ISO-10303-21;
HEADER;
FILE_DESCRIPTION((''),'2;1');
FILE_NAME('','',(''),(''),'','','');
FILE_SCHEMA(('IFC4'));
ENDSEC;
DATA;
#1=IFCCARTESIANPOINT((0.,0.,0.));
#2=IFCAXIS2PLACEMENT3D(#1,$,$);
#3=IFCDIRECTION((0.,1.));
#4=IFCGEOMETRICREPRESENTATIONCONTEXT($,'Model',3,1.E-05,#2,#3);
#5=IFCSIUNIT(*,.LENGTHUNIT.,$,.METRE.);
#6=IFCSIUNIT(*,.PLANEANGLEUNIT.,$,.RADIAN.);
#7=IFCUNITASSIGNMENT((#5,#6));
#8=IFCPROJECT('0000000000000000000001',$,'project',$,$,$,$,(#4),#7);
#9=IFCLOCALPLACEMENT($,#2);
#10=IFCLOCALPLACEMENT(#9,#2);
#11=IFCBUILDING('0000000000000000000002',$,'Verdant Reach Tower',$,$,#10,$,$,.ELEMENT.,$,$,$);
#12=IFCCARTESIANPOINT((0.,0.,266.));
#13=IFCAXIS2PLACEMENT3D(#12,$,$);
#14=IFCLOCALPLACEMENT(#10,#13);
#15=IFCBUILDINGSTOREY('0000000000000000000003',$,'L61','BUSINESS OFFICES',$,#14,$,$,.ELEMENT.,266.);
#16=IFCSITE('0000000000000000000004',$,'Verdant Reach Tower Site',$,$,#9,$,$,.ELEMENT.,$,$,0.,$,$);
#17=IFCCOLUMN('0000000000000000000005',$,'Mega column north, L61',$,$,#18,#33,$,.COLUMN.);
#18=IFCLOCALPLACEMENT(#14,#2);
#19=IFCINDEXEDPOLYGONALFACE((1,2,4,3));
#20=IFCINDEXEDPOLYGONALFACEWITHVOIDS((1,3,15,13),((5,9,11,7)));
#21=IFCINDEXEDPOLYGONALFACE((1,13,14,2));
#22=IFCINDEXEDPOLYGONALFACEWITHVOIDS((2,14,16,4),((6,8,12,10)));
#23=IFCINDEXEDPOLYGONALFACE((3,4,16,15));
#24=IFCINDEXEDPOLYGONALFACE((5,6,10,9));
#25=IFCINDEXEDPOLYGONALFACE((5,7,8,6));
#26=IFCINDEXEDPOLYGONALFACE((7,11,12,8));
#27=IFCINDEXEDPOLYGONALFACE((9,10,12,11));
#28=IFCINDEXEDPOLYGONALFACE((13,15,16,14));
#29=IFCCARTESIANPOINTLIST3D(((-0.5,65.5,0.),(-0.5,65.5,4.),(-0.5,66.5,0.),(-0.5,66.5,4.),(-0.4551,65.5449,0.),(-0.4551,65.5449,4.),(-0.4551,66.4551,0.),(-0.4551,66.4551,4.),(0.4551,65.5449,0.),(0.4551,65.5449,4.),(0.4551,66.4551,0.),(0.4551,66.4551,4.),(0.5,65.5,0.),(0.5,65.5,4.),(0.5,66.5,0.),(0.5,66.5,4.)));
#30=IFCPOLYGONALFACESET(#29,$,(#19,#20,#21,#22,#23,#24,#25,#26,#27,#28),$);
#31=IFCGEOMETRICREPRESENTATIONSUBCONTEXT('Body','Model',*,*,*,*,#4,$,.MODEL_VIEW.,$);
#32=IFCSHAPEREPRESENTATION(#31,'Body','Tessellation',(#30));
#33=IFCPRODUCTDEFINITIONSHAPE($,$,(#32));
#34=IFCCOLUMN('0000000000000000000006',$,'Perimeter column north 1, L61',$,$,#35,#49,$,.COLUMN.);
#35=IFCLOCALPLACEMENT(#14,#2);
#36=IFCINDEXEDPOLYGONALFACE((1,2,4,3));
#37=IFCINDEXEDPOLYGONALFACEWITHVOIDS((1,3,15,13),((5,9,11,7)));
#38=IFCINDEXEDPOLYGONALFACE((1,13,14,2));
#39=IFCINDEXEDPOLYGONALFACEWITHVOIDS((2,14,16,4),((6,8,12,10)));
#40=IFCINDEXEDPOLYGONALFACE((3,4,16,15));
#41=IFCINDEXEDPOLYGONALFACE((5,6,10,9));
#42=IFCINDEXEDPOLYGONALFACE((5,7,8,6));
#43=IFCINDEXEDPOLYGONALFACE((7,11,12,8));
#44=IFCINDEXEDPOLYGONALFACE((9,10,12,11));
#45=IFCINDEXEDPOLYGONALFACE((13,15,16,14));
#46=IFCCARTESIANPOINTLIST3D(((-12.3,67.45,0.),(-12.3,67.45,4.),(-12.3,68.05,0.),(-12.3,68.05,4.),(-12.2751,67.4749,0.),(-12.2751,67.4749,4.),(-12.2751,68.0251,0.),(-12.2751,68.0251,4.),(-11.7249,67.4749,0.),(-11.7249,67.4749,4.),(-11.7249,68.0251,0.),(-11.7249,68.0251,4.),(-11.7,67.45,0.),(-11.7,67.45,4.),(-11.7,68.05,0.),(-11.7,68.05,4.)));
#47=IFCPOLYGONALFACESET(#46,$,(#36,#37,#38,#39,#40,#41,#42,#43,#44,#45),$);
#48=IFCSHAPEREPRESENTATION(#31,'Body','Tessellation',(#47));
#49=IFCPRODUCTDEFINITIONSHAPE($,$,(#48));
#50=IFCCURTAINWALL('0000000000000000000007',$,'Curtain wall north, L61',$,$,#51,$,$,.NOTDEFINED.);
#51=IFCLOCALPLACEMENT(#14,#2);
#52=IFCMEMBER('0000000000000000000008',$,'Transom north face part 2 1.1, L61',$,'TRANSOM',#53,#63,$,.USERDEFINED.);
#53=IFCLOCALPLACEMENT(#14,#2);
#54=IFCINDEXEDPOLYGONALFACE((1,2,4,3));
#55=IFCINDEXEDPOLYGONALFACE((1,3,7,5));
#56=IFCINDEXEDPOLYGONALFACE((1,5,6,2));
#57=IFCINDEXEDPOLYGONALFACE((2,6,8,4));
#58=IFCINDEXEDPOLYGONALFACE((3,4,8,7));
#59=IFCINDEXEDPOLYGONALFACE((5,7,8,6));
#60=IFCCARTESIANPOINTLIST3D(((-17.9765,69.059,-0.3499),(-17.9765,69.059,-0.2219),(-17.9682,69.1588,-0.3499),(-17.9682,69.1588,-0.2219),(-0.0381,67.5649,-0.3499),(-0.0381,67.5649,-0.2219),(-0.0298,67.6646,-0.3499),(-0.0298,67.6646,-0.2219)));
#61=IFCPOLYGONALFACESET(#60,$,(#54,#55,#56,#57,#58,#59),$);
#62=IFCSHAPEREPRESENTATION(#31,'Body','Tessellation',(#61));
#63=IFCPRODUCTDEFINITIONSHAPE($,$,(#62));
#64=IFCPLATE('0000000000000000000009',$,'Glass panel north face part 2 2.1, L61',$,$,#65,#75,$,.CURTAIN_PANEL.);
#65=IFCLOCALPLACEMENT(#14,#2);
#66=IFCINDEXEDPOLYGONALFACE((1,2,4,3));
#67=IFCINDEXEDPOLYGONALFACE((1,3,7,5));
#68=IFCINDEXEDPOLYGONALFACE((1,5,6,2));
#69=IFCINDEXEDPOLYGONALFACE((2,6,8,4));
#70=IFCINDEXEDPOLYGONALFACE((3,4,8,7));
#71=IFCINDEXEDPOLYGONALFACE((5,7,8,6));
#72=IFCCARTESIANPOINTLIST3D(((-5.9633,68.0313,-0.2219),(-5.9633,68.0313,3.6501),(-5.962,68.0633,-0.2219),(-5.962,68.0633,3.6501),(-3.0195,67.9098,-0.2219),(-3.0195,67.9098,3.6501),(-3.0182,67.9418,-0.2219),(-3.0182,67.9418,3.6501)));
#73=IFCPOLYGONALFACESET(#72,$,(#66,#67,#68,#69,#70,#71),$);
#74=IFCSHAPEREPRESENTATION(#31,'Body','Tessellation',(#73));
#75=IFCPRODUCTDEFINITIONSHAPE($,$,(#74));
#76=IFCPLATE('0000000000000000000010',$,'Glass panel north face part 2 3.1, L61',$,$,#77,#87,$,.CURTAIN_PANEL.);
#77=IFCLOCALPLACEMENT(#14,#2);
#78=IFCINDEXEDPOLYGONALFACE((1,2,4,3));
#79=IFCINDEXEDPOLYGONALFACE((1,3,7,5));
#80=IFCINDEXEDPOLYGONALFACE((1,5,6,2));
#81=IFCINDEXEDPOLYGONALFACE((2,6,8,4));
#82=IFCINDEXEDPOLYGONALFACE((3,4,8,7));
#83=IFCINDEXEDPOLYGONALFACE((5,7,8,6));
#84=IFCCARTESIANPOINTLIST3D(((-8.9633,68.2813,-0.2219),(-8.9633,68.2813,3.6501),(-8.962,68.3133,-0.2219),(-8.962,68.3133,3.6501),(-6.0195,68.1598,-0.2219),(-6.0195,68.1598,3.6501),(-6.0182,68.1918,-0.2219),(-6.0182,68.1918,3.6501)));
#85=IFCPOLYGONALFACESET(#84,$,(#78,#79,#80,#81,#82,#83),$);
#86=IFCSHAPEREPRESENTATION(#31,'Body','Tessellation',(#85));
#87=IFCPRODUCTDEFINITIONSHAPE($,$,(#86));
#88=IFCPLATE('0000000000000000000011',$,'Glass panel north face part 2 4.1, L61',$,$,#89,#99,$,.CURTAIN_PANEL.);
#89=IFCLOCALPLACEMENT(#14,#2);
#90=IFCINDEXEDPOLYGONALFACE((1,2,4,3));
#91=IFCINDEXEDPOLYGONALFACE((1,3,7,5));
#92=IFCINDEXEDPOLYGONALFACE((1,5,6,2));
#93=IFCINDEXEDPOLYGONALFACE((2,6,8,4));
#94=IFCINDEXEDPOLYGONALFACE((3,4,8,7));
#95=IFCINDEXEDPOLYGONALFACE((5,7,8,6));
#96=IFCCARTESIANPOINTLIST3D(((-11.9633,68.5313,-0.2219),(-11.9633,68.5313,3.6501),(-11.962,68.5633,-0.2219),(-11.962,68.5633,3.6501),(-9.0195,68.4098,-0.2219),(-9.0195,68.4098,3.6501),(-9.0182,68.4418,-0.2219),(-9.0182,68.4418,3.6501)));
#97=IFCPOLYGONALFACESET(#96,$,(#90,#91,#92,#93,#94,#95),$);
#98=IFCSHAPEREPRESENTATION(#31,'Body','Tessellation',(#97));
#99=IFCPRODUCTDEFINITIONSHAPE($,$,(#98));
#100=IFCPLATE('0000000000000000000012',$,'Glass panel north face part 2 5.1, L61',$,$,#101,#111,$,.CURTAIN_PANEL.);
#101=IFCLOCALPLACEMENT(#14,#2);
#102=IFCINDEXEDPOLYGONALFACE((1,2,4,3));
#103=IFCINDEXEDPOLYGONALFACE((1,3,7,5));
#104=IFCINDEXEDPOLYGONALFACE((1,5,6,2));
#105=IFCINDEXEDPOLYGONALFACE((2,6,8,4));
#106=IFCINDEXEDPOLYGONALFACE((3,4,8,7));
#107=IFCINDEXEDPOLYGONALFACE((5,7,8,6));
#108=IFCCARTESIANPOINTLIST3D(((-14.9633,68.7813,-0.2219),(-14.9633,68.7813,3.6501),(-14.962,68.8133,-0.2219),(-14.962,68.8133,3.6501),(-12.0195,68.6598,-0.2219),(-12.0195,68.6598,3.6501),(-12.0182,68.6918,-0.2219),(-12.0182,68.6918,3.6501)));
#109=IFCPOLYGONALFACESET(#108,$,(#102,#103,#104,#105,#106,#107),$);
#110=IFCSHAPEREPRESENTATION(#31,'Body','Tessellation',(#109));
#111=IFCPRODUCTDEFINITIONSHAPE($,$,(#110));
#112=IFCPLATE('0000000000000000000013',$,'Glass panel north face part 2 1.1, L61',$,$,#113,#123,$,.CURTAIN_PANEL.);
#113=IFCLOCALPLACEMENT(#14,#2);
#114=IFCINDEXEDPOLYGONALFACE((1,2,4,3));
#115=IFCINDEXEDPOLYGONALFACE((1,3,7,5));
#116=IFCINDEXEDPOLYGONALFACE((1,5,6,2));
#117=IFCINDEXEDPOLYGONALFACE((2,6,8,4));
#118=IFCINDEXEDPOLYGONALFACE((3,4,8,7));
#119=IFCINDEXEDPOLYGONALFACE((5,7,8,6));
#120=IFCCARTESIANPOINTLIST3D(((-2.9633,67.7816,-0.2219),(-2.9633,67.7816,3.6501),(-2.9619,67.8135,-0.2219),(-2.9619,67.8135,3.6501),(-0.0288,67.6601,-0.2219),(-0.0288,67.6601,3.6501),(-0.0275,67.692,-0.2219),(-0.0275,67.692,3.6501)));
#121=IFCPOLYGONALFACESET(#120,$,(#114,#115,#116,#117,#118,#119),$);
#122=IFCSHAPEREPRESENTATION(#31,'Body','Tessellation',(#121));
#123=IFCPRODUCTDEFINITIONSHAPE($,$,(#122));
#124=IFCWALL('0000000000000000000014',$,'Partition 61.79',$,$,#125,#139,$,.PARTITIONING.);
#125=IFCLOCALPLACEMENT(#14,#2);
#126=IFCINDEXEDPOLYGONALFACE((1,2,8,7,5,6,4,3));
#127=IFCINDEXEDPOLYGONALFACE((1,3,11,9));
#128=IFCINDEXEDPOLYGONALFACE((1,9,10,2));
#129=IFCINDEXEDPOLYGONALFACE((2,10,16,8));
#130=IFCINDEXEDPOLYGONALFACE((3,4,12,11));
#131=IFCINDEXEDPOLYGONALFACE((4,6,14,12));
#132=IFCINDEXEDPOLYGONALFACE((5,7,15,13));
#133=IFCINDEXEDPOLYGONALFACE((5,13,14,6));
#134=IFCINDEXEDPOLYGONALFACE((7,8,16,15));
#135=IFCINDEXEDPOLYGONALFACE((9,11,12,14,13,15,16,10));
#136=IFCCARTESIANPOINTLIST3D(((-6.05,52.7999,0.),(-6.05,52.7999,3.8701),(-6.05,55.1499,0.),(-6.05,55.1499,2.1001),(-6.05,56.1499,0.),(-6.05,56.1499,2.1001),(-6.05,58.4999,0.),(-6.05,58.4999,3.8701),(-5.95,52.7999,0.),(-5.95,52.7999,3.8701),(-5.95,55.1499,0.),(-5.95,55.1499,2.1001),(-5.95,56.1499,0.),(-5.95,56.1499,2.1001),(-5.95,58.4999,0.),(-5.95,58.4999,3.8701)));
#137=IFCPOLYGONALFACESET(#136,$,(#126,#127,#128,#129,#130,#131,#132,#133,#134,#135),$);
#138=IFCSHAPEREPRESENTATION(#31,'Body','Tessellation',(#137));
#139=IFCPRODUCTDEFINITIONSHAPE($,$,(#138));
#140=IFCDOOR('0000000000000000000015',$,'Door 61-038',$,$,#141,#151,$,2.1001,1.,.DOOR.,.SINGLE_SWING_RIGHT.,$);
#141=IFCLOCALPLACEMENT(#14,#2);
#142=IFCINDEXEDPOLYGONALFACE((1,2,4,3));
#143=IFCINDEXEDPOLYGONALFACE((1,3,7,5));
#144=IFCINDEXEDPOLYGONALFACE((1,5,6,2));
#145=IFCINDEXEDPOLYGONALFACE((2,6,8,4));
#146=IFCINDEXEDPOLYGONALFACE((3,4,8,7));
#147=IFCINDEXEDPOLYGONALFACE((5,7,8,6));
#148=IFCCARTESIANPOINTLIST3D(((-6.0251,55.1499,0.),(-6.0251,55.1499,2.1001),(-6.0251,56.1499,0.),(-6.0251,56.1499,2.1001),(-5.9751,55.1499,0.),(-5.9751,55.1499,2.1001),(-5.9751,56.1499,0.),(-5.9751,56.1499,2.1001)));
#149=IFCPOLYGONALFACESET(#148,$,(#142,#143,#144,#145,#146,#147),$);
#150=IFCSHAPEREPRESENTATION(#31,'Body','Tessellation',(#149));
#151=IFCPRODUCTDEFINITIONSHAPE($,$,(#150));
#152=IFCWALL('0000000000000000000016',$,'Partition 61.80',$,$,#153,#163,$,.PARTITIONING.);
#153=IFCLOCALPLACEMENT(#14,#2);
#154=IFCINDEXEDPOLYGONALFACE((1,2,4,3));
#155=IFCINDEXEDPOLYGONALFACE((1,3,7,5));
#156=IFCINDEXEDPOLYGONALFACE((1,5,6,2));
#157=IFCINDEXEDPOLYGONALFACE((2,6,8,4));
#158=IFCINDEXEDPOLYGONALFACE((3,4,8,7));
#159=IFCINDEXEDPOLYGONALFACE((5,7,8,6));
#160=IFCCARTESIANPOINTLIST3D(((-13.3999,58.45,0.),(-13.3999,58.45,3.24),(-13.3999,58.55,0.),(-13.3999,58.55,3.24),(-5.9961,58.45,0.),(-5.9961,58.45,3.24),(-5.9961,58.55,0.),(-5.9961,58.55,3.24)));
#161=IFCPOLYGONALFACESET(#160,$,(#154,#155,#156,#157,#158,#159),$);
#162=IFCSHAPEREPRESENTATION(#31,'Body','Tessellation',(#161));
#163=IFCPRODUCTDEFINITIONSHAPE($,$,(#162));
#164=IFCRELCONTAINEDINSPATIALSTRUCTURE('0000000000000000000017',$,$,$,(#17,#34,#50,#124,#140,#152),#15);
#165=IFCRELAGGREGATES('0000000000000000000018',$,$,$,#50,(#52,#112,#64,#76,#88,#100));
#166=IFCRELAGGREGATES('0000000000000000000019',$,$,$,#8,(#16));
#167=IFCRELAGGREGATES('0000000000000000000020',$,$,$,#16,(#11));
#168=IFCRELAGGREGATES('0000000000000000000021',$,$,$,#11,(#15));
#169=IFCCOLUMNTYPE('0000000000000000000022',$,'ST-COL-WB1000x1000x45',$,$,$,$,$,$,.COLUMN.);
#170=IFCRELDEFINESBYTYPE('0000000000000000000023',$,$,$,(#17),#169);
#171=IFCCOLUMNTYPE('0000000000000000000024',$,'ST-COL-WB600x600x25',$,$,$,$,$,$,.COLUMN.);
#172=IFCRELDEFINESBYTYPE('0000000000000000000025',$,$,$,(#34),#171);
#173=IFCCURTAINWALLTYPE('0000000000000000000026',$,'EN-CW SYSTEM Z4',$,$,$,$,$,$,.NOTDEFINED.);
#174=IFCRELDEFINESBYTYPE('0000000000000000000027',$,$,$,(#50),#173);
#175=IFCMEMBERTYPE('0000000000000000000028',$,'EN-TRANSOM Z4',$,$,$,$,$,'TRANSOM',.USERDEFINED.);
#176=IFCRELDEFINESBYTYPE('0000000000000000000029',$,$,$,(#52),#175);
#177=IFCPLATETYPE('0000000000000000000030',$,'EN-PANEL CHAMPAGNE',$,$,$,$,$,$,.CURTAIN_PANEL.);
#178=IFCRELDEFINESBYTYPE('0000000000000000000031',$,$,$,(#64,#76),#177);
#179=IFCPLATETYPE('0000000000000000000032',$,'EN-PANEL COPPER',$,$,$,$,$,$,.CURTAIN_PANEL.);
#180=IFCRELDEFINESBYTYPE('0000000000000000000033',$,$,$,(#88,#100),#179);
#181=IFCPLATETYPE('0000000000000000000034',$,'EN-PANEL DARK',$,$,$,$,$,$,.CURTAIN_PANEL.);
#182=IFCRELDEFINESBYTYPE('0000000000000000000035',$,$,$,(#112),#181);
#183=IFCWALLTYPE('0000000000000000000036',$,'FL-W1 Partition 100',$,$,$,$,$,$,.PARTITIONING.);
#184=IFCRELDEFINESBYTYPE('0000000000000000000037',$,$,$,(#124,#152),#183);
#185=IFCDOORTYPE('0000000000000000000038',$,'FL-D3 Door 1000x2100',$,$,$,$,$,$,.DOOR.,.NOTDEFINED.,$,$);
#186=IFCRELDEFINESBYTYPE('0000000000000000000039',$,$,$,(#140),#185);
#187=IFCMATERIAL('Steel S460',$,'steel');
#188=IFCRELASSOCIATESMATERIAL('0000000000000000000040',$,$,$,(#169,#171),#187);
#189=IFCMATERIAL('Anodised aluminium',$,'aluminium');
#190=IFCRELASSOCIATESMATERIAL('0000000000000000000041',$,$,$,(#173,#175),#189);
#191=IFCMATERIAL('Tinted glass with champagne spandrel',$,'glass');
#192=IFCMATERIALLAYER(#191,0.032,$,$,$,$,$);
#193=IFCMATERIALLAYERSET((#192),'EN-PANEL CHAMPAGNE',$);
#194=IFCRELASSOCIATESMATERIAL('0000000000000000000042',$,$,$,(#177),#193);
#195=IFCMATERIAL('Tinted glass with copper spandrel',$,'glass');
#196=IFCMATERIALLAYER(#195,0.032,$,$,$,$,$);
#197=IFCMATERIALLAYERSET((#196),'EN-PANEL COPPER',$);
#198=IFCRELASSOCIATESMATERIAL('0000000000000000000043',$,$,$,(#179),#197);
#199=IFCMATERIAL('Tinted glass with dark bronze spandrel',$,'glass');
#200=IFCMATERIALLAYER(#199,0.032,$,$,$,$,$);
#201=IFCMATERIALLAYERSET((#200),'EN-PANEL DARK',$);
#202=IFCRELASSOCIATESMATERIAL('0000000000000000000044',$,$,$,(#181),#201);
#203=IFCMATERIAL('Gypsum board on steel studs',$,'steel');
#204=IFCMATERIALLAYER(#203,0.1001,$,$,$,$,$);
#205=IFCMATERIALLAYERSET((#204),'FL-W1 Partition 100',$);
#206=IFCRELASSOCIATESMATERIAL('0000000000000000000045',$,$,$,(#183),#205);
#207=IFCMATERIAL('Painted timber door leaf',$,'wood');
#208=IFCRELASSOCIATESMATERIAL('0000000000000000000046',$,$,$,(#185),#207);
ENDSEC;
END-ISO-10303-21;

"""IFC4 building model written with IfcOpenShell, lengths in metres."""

from ifc_helpers import new_model, si_unit, direction, frame, frame_2d, origin, origin_2d, place, context, subcontext, project, spatial, rectangle, hollow_rectangle, extrude, material, layer, layer_set, material_profile, profile_set, type_object, element, fill, aggregate, save


model = new_model("IFC4")

# Units and contexts
model_context = context("Model", 3, precision=1e-05, world=origin(), true_north=direction((0.0, 1.0)))
body_context = subcontext(model_context, "Body", "Model", "MODEL_VIEW")
ifc_project = project(units=[si_unit("LENGTHUNIT", "METRE"), si_unit("PLANEANGLEUNIT", "RADIAN")], contexts=[model_context])

# Site, building, storey
site_placement = place(None, origin())
site = spatial("IfcSite", under=ifc_project, at=site_placement, Name="Verdant Reach Tower Site", CompositionType="ELEMENT", RefElevation=0.0)
building_placement = place(site_placement, origin())
building = spatial("IfcBuilding", under=site, at=building_placement, Name="Verdant Reach Tower", CompositionType="ELEMENT")
storey_placement = place(building_placement, frame((0.0, 0.0, 266.0)))
storey = spatial("IfcBuildingStorey", under=building, at=storey_placement, Name="L61", Description="BUSINESS OFFICES", CompositionType="ELEMENT", Elevation=266.0)

# Columns
ifc_material_1 = material(Name="Steel S460", Category="steel")
ifc_material_profile_1 = material_profile(ifc_material_1, hollow_rectangle(XDim=1.0, YDim=1.0, WallThickness=0.0449, at=origin_2d()), Name="WB 1000x1000x45")
ifc_profile_set_1 = profile_set([ifc_material_profile_1], Name="Steel S460")
column_type_1 = type_object("IfcColumnType", Name="ST-COL-WB1000x1000x45", PredefinedType="COLUMN", material=ifc_profile_set_1)
column_1_placement = place(storey_placement, frame((0.0, 66.0, 0.0), z_axis=(0.0, 0.0, 1.0), x_axis=(1.0, 0.0, 0.0)))
element("IfcColumn", 1, at=column_1_placement, inside=storey, type_object=column_type_1, Name="Mega column north, L61", PredefinedType="COLUMN", context=body_context, shape_type="SweptSolid", body=[
    extrude(hollow_rectangle(XDim=1.0, YDim=1.0, WallThickness=0.0449, at=origin_2d()), origin(), (0.0, 0.0, 1.0), 4.0),
])
ifc_material_profile_2 = material_profile(ifc_material_1, hollow_rectangle(XDim=0.6001, YDim=0.6001, WallThickness=0.0249, at=origin_2d()), Name="WB 600x600x25")
ifc_profile_set_2 = profile_set([ifc_material_profile_2], Name="Steel S460")
column_type_2 = type_object("IfcColumnType", Name="ST-COL-WB600x600x25", PredefinedType="COLUMN", material=ifc_profile_set_2)
column_2_placement = place(storey_placement, frame((-12.0, 67.75, 0.0), z_axis=(0.0, 0.0, 1.0), x_axis=(1.0, 0.0, 0.0)))
element("IfcColumn", 2, at=column_2_placement, inside=storey, type_object=column_type_2, Name="Perimeter column north 1, L61", PredefinedType="COLUMN", context=body_context, shape_type="SweptSolid", body=[
    extrude(hollow_rectangle(XDim=0.6001, YDim=0.6001, WallThickness=0.0249, at=origin_2d()), origin(), (0.0, 0.0, 1.0), 4.0),
])

# Curtain wall, member, plates
ifc_material_2 = material(Name="Anodised aluminium", Category="aluminium")
curtain_wall_type = type_object("IfcCurtainWallType", Name="EN-CW SYSTEM Z4", PredefinedType="NOTDEFINED", material=ifc_material_2)
curtain_wall_placement = place(storey_placement, origin())
curtain_wall = element("IfcCurtainWall", 3, at=curtain_wall_placement, inside=storey, type_object=curtain_wall_type, Name="Curtain wall north, L61", PredefinedType="NOTDEFINED")
ifc_material_profile_3 = material_profile(ifc_material_2, rectangle(XDim=0.1001, YDim=0.1279, at=origin_2d()), Name="Transom 128x100")
ifc_profile_set_3 = profile_set([ifc_material_profile_3], Name="Anodised aluminium")
member_type = type_object("IfcMemberType", Name="EN-TRANSOM Z4", ElementType="TRANSOM", PredefinedType="USERDEFINED", material=ifc_profile_set_3)
member_placement = place(storey_placement, frame((-0.0339, 67.6147, -0.2859), z_axis=(-0.996549, 0.083005, 0.0), x_axis=(-0.083005, -0.996549, 0.0)))
member = element("IfcMember", 4, at=member_placement, type_object=member_type, Name="Transom north face part 2 1.1, L61", ObjectType="TRANSOM", PredefinedType="USERDEFINED", context=body_context, shape_type="SweptSolid", body=[
    extrude(rectangle(XDim=0.1001, YDim=0.1279, at=origin_2d()), origin(), (0.0, 0.0, 1.0), 18.0005),
])
ifc_material_3 = material(Name="Tinted glass with champagne spandrel", Category="glass")
ifc_layer_1 = layer(ifc_material_3, 0.032)
ifc_layer_set_1 = layer_set([ifc_layer_1], Name="EN-PANEL CHAMPAGNE")
plate_type_1 = type_object("IfcPlateType", Name="EN-PANEL CHAMPAGNE", PredefinedType="CURTAIN_PANEL", material=ifc_layer_set_1)
plate_1_placement = place(storey_placement, frame((-4.4907, 67.9866, -0.2219), z_axis=(0.0, 0.0, 1.0), x_axis=(-0.999149, 0.041242, 0.0)))
plate_1 = element("IfcPlate", 5, at=plate_1_placement, type_object=plate_type_1, Name="Glass panel north face part 2 2.1, L61", PredefinedType="CURTAIN_PANEL", context=body_context, shape_type="SweptSolid", body=[
    extrude(rectangle(XDim=2.9463, YDim=0.032, at=origin_2d()), origin(), (0.0, 0.0, 1.0), 3.8721),
])
plate_2_placement = place(storey_placement, frame((-7.4907, 68.2366, -0.2219), z_axis=(0.0, 0.0, 1.0), x_axis=(-0.999149, 0.041242, 0.0)))
plate_2 = element("IfcPlate", 6, at=plate_2_placement, type_object=plate_type_1, Name="Glass panel north face part 2 3.1, L61", PredefinedType="CURTAIN_PANEL", context=body_context, shape_type="SweptSolid", body=[
    extrude(rectangle(XDim=2.9463, YDim=0.032, at=origin_2d()), origin(), (0.0, 0.0, 1.0), 3.8721),
])
ifc_material_4 = material(Name="Tinted glass with copper spandrel", Category="glass")
ifc_layer_2 = layer(ifc_material_4, 0.032)
ifc_layer_set_2 = layer_set([ifc_layer_2], Name="EN-PANEL COPPER")
plate_type_2 = type_object("IfcPlateType", Name="EN-PANEL COPPER", PredefinedType="CURTAIN_PANEL", material=ifc_layer_set_2)
plate_3_placement = place(storey_placement, frame((-10.4907, 68.4866, -0.2219), z_axis=(0.0, 0.0, 1.0), x_axis=(-0.999149, 0.041242, 0.0)))
plate_3 = element("IfcPlate", 7, at=plate_3_placement, type_object=plate_type_2, Name="Glass panel north face part 2 4.1, L61", PredefinedType="CURTAIN_PANEL", context=body_context, shape_type="SweptSolid", body=[
    extrude(rectangle(XDim=2.9463, YDim=0.032, at=origin_2d()), origin(), (0.0, 0.0, 1.0), 3.8721),
])
plate_4_placement = place(storey_placement, frame((-13.4907, 68.7366, -0.2219), z_axis=(0.0, 0.0, 1.0), x_axis=(-0.999149, 0.041242, 0.0)))
plate_4 = element("IfcPlate", 8, at=plate_4_placement, type_object=plate_type_2, Name="Glass panel north face part 2 5.1, L61", PredefinedType="CURTAIN_PANEL", context=body_context, shape_type="SweptSolid", body=[
    extrude(rectangle(XDim=2.9463, YDim=0.032, at=origin_2d()), origin(), (0.0, 0.0, 1.0), 3.8721),
])
ifc_material_5 = material(Name="Tinted glass with dark bronze spandrel", Category="glass")
ifc_layer_3 = layer(ifc_material_5, 0.032)
ifc_layer_set_3 = layer_set([ifc_layer_3], Name="EN-PANEL DARK")
plate_type_3 = type_object("IfcPlateType", Name="EN-PANEL DARK", PredefinedType="CURTAIN_PANEL", material=ifc_layer_set_3)
plate_5_placement = place(storey_placement, frame((-1.4954, 67.7368, -0.2219), z_axis=(0.0, 0.0, 1.0), x_axis=(-0.999144, 0.04137, 0.0)))
plate_5 = element("IfcPlate", 9, at=plate_5_placement, type_object=plate_type_3, Name="Glass panel north face part 2 1.1, L61", PredefinedType="CURTAIN_PANEL", context=body_context, shape_type="SweptSolid", body=[
    extrude(rectangle(XDim=2.937, YDim=0.032, at=origin_2d()), origin(), (0.0, 0.0, 1.0), 3.8721),
])
aggregate(curtain_wall, [member, plate_5, plate_1, plate_2, plate_3, plate_4])

# Wall, opening, door
ifc_material_6 = material(Name="Gypsum board on steel studs", Category="steel")
ifc_layer_4 = layer(ifc_material_6, 0.1001)
ifc_layer_set_4 = layer_set([ifc_layer_4], Name="FL-W1 Partition 100")
wall_type_1 = type_object("IfcWallType", Name="FL-W1 Partition 100", PredefinedType="PARTITIONING", material=ifc_layer_set_4)
wall_1_placement = place(storey_placement, frame((-6.0, 58.5, 0.0), z_axis=(0.0, 0.0, 1.0), x_axis=(0.0, -1.0, 0.0)))
wall_1 = element("IfcWall", 10, at=wall_1_placement, inside=storey, type_object=wall_type_1, Name="Partition 61.79", PredefinedType="PARTITIONING", context=body_context, shape_type="SweptSolid", body=[
    extrude(rectangle(XDim=5.7, YDim=0.1001, at=frame_2d((2.8501, 0.0))), origin(), (0.0, 0.0, 1.0), 3.8701),
])
opening_1_placement = place(wall_1_placement, frame((2.3501, 0.0, 0.0)))
opening_1 = element("IfcOpeningElement", 11, at=opening_1_placement, cuts=wall_1, PredefinedType="OPENING", context=body_context, shape_type="SweptSolid", body=[
    extrude(rectangle(XDim=1.0, YDim=2.1001, at=frame_2d((0.5, 1.05))), frame((0.0, 0.0601, 0.0), z_axis=(0.0, -1.0, 0.0), x_axis=(1.0, 0.0, 0.0)), (0.0, 0.0, 1.0), 0.1201),
])
ifc_material_7 = material(Name="Painted timber door leaf", Category="wood")
door_type_1 = type_object("IfcDoorType", Name="FL-D3 Door 1000x2100", OperationType="NOTDEFINED", PredefinedType="DOOR", material=ifc_material_7)
door_1_placement = place(opening_1_placement, origin())
door_1 = element("IfcDoor", 12, at=door_1_placement, inside=storey, type_object=door_type_1, Name="Door 61-038", OperationType="SINGLE_SWING_RIGHT", OverallHeight=2.1001, OverallWidth=1.0, PredefinedType="DOOR", context=body_context, shape_type="SweptSolid", body=[
    extrude(rectangle(XDim=1.0, YDim=2.1001, at=frame_2d((0.5, 1.05))), frame((0.0, 0.0249, 0.0), z_axis=(0.0, -1.0, 0.0), x_axis=(1.0, 0.0, 0.0)), (0.0, 0.0, 1.0), 0.05),
])
fill(opening_1, door_1)

# Wall
wall_2_placement = place(storey_placement, frame((-5.9961, 58.5, 0.0), z_axis=(0.0, 0.0, 1.0), x_axis=(-1.0, 0.0, 0.0)))
element("IfcWall", 13, at=wall_2_placement, inside=storey, type_object=wall_type_1, Name="Partition 61.80", PredefinedType="PARTITIONING", context=body_context, shape_type="SweptSolid", body=[
    extrude(rectangle(XDim=7.4038, YDim=0.1001, at=frame_2d((3.7019, 0.0))), origin(), (0.0, 0.0, 1.0), 3.24),
])

save(model, "model.ifc")
